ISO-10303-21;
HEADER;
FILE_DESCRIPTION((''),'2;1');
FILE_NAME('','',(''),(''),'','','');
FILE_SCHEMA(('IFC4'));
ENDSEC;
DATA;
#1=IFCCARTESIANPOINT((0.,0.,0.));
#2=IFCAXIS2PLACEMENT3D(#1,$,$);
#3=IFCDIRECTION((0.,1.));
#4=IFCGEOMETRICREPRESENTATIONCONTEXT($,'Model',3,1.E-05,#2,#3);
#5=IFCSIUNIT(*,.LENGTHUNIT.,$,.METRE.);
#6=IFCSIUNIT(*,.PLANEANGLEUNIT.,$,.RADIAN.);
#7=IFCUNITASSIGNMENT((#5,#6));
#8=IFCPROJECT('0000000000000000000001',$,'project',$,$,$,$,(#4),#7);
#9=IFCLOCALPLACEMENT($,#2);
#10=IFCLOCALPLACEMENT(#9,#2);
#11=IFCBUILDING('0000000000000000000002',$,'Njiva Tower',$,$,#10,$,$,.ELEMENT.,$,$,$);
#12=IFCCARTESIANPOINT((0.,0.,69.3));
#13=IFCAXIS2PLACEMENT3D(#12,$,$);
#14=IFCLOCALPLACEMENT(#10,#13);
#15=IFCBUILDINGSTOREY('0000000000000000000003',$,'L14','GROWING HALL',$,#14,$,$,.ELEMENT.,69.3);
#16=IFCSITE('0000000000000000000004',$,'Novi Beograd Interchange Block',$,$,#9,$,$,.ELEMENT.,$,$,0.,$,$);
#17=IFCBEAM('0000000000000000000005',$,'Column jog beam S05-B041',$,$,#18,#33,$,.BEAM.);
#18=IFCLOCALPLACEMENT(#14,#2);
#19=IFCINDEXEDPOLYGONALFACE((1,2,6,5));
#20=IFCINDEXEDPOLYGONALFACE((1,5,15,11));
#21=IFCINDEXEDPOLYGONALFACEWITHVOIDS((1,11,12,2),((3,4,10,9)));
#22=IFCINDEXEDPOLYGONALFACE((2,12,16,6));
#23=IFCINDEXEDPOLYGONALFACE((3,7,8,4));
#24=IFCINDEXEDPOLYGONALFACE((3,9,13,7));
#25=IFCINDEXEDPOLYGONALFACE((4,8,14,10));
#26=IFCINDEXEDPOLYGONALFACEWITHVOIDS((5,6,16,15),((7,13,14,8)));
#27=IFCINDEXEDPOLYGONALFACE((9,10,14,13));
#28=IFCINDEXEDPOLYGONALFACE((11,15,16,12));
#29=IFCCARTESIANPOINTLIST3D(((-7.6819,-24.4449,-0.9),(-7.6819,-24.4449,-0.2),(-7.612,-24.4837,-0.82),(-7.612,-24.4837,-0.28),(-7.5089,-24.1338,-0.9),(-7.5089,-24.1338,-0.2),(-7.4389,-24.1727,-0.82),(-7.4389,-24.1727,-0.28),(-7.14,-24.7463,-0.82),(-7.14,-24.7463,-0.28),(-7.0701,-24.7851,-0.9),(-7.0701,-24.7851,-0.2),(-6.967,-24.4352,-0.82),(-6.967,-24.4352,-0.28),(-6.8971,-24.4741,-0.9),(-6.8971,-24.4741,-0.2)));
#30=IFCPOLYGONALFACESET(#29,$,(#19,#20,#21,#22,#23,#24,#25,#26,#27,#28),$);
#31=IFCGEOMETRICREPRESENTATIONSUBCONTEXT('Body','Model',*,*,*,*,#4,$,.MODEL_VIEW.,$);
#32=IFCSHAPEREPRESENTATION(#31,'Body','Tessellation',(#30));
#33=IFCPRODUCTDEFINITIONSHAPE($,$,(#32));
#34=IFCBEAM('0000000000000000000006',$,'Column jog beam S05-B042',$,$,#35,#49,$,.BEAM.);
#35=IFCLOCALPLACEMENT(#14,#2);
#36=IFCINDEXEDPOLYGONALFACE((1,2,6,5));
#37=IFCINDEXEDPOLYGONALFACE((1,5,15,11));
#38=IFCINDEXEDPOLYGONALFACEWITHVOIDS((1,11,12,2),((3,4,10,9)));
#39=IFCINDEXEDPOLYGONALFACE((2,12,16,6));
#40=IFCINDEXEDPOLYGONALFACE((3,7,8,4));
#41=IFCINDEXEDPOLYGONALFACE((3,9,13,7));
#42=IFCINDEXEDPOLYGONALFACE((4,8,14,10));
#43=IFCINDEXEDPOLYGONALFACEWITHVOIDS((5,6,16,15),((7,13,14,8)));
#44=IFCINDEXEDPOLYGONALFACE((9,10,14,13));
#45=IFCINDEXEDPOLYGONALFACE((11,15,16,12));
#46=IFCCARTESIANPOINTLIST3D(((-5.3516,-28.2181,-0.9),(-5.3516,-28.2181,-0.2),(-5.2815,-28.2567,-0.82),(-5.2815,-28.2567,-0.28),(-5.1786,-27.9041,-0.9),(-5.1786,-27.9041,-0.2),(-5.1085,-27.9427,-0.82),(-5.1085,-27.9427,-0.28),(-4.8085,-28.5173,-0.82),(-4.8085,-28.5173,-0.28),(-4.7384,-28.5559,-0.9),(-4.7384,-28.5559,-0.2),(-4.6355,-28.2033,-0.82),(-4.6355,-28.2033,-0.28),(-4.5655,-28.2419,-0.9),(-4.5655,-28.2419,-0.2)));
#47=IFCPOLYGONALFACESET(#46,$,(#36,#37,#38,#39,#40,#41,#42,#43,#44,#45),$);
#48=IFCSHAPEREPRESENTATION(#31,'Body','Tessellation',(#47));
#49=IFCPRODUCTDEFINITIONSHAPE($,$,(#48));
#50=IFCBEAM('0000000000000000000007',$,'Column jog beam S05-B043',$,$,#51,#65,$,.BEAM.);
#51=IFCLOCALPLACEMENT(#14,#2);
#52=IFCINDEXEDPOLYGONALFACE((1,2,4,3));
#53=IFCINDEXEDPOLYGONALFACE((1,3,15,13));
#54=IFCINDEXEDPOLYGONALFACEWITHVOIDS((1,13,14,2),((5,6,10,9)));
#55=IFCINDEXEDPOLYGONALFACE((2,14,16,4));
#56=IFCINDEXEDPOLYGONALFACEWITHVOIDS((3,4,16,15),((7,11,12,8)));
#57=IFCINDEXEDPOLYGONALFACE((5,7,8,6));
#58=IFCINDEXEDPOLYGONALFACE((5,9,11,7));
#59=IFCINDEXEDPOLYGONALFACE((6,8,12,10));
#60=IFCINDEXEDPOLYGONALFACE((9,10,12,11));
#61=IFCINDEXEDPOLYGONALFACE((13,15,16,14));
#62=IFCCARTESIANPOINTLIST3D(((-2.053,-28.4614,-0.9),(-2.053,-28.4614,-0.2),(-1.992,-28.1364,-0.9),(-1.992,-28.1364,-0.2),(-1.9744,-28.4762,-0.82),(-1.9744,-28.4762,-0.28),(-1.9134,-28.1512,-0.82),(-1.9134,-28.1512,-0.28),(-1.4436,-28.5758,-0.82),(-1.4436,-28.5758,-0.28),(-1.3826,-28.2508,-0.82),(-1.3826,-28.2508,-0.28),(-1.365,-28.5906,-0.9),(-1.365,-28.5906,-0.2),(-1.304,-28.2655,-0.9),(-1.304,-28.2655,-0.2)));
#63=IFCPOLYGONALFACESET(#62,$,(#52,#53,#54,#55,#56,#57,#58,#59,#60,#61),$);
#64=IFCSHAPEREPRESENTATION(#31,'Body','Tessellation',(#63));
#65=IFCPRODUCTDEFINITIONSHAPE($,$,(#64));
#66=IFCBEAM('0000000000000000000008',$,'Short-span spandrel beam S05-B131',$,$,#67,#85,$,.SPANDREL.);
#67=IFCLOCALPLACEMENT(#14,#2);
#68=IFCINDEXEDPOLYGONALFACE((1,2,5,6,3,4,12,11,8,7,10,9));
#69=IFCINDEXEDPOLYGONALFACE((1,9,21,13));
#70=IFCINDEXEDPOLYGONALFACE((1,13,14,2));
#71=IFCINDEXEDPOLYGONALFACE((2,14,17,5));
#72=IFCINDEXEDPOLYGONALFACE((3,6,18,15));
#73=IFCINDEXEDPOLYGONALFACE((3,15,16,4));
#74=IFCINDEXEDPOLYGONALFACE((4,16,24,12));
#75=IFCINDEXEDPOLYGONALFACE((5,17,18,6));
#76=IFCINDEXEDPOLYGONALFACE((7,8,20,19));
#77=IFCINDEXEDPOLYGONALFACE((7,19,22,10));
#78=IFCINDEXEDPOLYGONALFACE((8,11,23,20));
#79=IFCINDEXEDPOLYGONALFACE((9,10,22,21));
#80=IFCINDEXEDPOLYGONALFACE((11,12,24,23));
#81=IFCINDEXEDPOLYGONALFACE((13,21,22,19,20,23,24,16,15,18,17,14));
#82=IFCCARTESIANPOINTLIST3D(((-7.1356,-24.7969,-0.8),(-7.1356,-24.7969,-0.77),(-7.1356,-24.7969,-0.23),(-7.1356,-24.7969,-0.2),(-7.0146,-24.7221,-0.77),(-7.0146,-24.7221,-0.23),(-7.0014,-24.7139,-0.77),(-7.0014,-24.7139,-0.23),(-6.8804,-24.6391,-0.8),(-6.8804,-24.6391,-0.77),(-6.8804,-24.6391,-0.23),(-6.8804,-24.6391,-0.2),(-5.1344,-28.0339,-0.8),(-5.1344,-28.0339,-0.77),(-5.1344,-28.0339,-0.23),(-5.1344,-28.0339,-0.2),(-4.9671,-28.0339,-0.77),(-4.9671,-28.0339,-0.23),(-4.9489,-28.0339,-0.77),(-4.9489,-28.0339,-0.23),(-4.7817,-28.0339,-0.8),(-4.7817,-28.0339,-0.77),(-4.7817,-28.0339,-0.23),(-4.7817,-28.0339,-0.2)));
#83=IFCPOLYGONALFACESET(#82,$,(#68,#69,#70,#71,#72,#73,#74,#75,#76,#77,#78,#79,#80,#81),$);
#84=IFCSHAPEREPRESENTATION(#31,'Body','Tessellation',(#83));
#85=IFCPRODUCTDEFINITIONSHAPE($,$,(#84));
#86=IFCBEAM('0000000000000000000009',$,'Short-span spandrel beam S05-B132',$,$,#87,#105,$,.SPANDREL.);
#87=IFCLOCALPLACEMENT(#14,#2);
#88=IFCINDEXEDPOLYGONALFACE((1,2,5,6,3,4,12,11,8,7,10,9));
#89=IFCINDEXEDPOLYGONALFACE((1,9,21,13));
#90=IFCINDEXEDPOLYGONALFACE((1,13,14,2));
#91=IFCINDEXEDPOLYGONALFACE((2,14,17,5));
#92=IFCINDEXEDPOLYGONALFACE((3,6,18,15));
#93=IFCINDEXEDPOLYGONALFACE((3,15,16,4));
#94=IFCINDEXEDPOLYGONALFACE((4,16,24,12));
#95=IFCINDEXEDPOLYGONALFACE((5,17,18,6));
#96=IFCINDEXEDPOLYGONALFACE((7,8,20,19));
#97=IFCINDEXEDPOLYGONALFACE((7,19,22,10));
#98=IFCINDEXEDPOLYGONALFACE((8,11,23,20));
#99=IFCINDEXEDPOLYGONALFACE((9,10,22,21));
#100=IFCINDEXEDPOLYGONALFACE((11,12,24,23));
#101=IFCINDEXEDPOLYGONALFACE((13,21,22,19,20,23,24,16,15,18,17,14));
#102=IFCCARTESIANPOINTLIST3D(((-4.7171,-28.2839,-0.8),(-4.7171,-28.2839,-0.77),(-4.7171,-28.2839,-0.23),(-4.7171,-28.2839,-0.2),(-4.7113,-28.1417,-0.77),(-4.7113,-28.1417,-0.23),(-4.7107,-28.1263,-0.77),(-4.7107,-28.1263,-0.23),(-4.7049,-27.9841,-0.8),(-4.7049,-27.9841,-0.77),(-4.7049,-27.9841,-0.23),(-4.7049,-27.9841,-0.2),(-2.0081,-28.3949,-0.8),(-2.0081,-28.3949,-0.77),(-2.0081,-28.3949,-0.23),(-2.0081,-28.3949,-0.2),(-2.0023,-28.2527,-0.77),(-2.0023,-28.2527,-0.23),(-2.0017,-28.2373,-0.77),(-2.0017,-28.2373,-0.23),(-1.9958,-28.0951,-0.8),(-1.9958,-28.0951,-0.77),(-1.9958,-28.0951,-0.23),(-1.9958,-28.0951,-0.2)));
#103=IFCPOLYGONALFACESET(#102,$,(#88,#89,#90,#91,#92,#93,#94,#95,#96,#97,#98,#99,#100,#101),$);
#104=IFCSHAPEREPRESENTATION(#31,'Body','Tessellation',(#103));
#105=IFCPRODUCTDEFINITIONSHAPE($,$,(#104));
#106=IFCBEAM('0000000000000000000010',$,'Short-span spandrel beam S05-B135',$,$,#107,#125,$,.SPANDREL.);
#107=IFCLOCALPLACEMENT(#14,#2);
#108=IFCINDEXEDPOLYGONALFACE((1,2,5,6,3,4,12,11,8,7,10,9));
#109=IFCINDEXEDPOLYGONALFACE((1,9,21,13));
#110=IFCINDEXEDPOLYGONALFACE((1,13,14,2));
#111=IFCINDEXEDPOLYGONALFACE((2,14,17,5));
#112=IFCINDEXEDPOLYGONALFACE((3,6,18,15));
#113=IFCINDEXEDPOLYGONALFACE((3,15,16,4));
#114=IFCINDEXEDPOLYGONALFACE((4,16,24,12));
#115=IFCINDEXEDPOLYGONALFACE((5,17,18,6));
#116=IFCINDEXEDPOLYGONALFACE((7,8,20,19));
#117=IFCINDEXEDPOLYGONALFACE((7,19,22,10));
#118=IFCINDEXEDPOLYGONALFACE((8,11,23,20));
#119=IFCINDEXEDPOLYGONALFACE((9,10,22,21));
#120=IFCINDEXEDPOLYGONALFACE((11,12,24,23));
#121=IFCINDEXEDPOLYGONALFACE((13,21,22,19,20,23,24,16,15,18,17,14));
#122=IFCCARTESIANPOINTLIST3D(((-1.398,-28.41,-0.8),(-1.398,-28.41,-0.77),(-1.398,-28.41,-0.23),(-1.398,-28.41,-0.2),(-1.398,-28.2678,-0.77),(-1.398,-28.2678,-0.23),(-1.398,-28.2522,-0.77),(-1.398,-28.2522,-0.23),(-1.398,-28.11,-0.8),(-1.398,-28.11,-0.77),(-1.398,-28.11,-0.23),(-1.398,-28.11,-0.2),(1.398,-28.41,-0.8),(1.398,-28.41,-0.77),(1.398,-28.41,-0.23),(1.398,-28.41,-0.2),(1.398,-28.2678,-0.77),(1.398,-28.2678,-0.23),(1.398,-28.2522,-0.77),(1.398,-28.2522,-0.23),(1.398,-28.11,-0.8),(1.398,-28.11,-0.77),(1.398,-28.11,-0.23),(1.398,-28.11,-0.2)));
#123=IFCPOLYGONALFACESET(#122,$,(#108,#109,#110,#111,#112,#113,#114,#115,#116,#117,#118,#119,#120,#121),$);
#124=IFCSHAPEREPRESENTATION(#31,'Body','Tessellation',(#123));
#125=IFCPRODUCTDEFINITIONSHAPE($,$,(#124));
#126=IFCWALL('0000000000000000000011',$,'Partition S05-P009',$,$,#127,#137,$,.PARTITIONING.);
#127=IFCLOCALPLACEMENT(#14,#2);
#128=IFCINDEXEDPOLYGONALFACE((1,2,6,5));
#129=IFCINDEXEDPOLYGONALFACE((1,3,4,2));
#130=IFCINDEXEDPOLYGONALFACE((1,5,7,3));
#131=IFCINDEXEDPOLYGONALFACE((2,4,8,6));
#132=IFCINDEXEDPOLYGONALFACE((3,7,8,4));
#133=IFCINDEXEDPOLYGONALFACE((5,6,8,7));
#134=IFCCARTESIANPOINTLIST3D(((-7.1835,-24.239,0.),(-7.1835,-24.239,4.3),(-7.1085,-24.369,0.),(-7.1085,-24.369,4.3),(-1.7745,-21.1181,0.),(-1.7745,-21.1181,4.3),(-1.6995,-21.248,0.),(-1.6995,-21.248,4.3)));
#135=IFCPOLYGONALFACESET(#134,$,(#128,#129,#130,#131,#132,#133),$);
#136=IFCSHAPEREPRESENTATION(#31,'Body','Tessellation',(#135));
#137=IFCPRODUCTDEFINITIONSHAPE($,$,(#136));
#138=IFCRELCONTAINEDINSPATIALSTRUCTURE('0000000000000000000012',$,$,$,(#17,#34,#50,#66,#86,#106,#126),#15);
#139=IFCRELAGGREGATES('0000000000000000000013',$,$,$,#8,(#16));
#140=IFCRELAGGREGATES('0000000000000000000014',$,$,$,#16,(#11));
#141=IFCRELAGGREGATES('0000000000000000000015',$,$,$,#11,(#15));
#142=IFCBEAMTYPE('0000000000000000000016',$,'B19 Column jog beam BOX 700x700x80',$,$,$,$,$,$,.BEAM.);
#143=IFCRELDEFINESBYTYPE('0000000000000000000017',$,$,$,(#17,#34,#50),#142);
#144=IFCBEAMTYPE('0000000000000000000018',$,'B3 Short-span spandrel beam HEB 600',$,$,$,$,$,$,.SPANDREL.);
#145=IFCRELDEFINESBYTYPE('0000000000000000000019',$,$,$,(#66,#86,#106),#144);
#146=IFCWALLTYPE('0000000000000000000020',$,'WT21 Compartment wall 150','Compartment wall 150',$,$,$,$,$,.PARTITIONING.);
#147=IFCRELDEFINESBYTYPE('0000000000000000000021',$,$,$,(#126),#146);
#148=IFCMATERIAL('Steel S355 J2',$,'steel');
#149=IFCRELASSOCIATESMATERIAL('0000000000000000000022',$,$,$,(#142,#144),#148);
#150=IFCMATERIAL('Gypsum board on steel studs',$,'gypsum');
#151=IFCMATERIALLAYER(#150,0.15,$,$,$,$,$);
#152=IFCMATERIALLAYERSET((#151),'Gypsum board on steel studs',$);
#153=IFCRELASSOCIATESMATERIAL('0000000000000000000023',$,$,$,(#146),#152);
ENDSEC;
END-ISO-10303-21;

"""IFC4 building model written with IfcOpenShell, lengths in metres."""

from ifc_helpers import new_model, si_unit, direction, frame, frame_2d, origin, origin_2d, place, context, subcontext, project, spatial, rectangle, hollow_rectangle, i_section, extrude, clip, halfspace, material, layer, layer_set, material_profile, profile_set, type_object, element, save


model = new_model("IFC4")

# Units and contexts
model_context = context("Model", 3, precision=1e-05, world=origin(), true_north=direction((0.0, 1.0)))
body_context = subcontext(model_context, "Body", "Model", "MODEL_VIEW")
ifc_project = project(units=[si_unit("LENGTHUNIT", "METRE"), si_unit("PLANEANGLEUNIT", "RADIAN")], contexts=[model_context])

# Site, building, storey
site_placement = place(None, origin())
site = spatial("IfcSite", under=ifc_project, at=site_placement, Name="Novi Beograd Interchange Block", CompositionType="ELEMENT", RefElevation=0.0)
building_placement = place(site_placement, origin())
building = spatial("IfcBuilding", under=site, at=building_placement, Name="Njiva Tower", CompositionType="ELEMENT")
storey_placement = place(building_placement, frame((0.0, 0.0, 69.3)))
storey = spatial("IfcBuildingStorey", under=building, at=storey_placement, Name="L14", Description="GROWING HALL", CompositionType="ELEMENT", Elevation=69.3)

# Shared definitions
ifc_material_1 = material(Name="Steel S355 J2", Category="steel")

# Beams
ifc_material_profile_1 = material_profile(ifc_material_1, hollow_rectangle(XDim=0.7, YDim=0.7, WallThickness=0.08, at=origin_2d()), Name="BOX 700x700x80")
ifc_profile_set_1 = profile_set([ifc_material_profile_1], Name="Steel S355 J2")
beam_type_1 = type_object("IfcBeamType", Name="B19 Column jog beam BOX 700x700x80", PredefinedType="BEAM", material=ifc_profile_set_1)
beam_1_placement = place(storey_placement, frame((-7.376, -24.615, -0.55), z_axis=(0.48612, 0.873892, 0.0), x_axis=(-0.873892, 0.48612, 0.0)))
element("IfcBeam", 1, at=beam_1_placement, inside=storey, type_object=beam_type_1, Name="Column jog beam S05-B041", PredefinedType="BEAM", context=body_context, shape_type="SweptSolid", body=[
    extrude(hollow_rectangle(XDim=0.7, YDim=0.7, WallThickness=0.08, at=origin_2d()), origin(), (0.0, 0.0, 1.0), 0.3559),
])
beam_2_placement = place(storey_placement, frame((-5.045, -28.387, -0.55), z_axis=(0.482561, 0.875862, 0.0), x_axis=(-0.875862, 0.482561, 0.0)))
element("IfcBeam", 2, at=beam_2_placement, inside=storey, type_object=beam_type_1, Name="Column jog beam S05-B042", PredefinedType="BEAM", context=body_context, shape_type="SweptSolid", body=[
    extrude(hollow_rectangle(XDim=0.7, YDim=0.7, WallThickness=0.08, at=origin_2d()), origin(), (0.0, 0.0, 1.0), 0.3585),
])
beam_3_placement = place(storey_placement, frame((-1.709, -28.526, -0.55), z_axis=(0.184471, 0.982838, 0.0), x_axis=(-0.982838, 0.184471, 0.0)))
element("IfcBeam", 3, at=beam_3_placement, inside=storey, type_object=beam_type_1, Name="Column jog beam S05-B043", PredefinedType="BEAM", context=body_context, shape_type="SweptSolid", body=[
    extrude(hollow_rectangle(XDim=0.7, YDim=0.7, WallThickness=0.08, at=origin_2d()), origin(), (0.0, 0.0, 1.0), 0.3307),
])
ifc_material_profile_2 = material_profile(ifc_material_1, i_section(OverallWidth=0.3, OverallDepth=0.6, WebThickness=0.0155, FlangeThickness=0.03, at=origin_2d()), Name="HEB 600")
ifc_profile_set_2 = profile_set([ifc_material_profile_2], Name="Steel S355 J2")
beam_type_2 = type_object("IfcBeamType", Name="B3 Short-span spandrel beam HEB 600", PredefinedType="SPANDREL", material=ifc_profile_set_2)
beam_4_placement = place(storey_placement, frame((-7.008, -24.718, -0.5), z_axis=(0.525842, -0.850582, 0.0), x_axis=(0.850582, 0.525842, 0.0)))
element("IfcBeam", 4, at=beam_4_placement, inside=storey, type_object=beam_type_2, Name="Short-span spandrel beam S05-B131", PredefinedType="SPANDREL", context=body_context, shape_type="Clipping", body=[
    clip(extrude(i_section(OverallWidth=0.3, OverallDepth=0.6, WebThickness=0.0155, FlangeThickness=0.03, at=origin_2d()), origin(), (0.0, 0.0, 1.0), 4.0115), halfspace(frame((-0.0266, 0.0, 3.882), z_axis=(-0.525842, 0.0, 0.850582), x_axis=(0.0, 1.0, 0.0)), False)),
])
beam_5_placement = place(storey_placement, frame((-4.711, -28.134, -0.5), z_axis=(0.999162, -0.04094, 0.0), x_axis=(0.04094, 0.999162, 0.0)))
element("IfcBeam", 5, at=beam_5_placement, inside=storey, type_object=beam_type_2, Name="Short-span spandrel beam S05-B132", PredefinedType="SPANDREL", context=body_context, shape_type="SweptSolid", body=[
    extrude(i_section(OverallWidth=0.3, OverallDepth=0.6, WebThickness=0.0155, FlangeThickness=0.03, at=origin_2d()), origin(), (0.0, 0.0, 1.0), 2.7113),
])
beam_6_placement = place(storey_placement, frame((-1.398, -28.26, -0.5), z_axis=(1.0, 0.0, 0.0), x_axis=(0.0, 1.0, 0.0)))
element("IfcBeam", 6, at=beam_6_placement, inside=storey, type_object=beam_type_2, Name="Short-span spandrel beam S05-B135", PredefinedType="SPANDREL", context=body_context, shape_type="SweptSolid", body=[
    extrude(i_section(OverallWidth=0.3, OverallDepth=0.6, WebThickness=0.0155, FlangeThickness=0.03, at=origin_2d()), origin(), (0.0, 0.0, 1.0), 2.796),
])

# Wall
ifc_material_2 = material(Name="Gypsum board on steel studs", Category="gypsum")
ifc_layer_1 = layer(ifc_material_2, 0.15)
ifc_layer_set_1 = layer_set([ifc_layer_1], Name="Gypsum board on steel studs")
wall_type_1 = type_object("IfcWallType", Name="WT21 Compartment wall 150", Description="Compartment wall 150", PredefinedType="PARTITIONING", material=ifc_layer_set_1)
wall_1_placement = place(storey_placement, frame((-7.146, -24.304, 0.0), z_axis=(0.0, 0.0, 1.0), x_axis=(0.866156, 0.499773, 0.0)))
element("IfcWall", 7, at=wall_1_placement, inside=storey, type_object=wall_type_1, Name="Partition S05-P009", PredefinedType="PARTITIONING", context=body_context, shape_type="SweptSolid", body=[
    extrude(rectangle(XDim=6.2448, YDim=0.15, at=frame_2d((3.1224, 0.0))), origin(), (0.0, 0.0, 1.0), 4.3),
])

save(model, "model.ifc")
